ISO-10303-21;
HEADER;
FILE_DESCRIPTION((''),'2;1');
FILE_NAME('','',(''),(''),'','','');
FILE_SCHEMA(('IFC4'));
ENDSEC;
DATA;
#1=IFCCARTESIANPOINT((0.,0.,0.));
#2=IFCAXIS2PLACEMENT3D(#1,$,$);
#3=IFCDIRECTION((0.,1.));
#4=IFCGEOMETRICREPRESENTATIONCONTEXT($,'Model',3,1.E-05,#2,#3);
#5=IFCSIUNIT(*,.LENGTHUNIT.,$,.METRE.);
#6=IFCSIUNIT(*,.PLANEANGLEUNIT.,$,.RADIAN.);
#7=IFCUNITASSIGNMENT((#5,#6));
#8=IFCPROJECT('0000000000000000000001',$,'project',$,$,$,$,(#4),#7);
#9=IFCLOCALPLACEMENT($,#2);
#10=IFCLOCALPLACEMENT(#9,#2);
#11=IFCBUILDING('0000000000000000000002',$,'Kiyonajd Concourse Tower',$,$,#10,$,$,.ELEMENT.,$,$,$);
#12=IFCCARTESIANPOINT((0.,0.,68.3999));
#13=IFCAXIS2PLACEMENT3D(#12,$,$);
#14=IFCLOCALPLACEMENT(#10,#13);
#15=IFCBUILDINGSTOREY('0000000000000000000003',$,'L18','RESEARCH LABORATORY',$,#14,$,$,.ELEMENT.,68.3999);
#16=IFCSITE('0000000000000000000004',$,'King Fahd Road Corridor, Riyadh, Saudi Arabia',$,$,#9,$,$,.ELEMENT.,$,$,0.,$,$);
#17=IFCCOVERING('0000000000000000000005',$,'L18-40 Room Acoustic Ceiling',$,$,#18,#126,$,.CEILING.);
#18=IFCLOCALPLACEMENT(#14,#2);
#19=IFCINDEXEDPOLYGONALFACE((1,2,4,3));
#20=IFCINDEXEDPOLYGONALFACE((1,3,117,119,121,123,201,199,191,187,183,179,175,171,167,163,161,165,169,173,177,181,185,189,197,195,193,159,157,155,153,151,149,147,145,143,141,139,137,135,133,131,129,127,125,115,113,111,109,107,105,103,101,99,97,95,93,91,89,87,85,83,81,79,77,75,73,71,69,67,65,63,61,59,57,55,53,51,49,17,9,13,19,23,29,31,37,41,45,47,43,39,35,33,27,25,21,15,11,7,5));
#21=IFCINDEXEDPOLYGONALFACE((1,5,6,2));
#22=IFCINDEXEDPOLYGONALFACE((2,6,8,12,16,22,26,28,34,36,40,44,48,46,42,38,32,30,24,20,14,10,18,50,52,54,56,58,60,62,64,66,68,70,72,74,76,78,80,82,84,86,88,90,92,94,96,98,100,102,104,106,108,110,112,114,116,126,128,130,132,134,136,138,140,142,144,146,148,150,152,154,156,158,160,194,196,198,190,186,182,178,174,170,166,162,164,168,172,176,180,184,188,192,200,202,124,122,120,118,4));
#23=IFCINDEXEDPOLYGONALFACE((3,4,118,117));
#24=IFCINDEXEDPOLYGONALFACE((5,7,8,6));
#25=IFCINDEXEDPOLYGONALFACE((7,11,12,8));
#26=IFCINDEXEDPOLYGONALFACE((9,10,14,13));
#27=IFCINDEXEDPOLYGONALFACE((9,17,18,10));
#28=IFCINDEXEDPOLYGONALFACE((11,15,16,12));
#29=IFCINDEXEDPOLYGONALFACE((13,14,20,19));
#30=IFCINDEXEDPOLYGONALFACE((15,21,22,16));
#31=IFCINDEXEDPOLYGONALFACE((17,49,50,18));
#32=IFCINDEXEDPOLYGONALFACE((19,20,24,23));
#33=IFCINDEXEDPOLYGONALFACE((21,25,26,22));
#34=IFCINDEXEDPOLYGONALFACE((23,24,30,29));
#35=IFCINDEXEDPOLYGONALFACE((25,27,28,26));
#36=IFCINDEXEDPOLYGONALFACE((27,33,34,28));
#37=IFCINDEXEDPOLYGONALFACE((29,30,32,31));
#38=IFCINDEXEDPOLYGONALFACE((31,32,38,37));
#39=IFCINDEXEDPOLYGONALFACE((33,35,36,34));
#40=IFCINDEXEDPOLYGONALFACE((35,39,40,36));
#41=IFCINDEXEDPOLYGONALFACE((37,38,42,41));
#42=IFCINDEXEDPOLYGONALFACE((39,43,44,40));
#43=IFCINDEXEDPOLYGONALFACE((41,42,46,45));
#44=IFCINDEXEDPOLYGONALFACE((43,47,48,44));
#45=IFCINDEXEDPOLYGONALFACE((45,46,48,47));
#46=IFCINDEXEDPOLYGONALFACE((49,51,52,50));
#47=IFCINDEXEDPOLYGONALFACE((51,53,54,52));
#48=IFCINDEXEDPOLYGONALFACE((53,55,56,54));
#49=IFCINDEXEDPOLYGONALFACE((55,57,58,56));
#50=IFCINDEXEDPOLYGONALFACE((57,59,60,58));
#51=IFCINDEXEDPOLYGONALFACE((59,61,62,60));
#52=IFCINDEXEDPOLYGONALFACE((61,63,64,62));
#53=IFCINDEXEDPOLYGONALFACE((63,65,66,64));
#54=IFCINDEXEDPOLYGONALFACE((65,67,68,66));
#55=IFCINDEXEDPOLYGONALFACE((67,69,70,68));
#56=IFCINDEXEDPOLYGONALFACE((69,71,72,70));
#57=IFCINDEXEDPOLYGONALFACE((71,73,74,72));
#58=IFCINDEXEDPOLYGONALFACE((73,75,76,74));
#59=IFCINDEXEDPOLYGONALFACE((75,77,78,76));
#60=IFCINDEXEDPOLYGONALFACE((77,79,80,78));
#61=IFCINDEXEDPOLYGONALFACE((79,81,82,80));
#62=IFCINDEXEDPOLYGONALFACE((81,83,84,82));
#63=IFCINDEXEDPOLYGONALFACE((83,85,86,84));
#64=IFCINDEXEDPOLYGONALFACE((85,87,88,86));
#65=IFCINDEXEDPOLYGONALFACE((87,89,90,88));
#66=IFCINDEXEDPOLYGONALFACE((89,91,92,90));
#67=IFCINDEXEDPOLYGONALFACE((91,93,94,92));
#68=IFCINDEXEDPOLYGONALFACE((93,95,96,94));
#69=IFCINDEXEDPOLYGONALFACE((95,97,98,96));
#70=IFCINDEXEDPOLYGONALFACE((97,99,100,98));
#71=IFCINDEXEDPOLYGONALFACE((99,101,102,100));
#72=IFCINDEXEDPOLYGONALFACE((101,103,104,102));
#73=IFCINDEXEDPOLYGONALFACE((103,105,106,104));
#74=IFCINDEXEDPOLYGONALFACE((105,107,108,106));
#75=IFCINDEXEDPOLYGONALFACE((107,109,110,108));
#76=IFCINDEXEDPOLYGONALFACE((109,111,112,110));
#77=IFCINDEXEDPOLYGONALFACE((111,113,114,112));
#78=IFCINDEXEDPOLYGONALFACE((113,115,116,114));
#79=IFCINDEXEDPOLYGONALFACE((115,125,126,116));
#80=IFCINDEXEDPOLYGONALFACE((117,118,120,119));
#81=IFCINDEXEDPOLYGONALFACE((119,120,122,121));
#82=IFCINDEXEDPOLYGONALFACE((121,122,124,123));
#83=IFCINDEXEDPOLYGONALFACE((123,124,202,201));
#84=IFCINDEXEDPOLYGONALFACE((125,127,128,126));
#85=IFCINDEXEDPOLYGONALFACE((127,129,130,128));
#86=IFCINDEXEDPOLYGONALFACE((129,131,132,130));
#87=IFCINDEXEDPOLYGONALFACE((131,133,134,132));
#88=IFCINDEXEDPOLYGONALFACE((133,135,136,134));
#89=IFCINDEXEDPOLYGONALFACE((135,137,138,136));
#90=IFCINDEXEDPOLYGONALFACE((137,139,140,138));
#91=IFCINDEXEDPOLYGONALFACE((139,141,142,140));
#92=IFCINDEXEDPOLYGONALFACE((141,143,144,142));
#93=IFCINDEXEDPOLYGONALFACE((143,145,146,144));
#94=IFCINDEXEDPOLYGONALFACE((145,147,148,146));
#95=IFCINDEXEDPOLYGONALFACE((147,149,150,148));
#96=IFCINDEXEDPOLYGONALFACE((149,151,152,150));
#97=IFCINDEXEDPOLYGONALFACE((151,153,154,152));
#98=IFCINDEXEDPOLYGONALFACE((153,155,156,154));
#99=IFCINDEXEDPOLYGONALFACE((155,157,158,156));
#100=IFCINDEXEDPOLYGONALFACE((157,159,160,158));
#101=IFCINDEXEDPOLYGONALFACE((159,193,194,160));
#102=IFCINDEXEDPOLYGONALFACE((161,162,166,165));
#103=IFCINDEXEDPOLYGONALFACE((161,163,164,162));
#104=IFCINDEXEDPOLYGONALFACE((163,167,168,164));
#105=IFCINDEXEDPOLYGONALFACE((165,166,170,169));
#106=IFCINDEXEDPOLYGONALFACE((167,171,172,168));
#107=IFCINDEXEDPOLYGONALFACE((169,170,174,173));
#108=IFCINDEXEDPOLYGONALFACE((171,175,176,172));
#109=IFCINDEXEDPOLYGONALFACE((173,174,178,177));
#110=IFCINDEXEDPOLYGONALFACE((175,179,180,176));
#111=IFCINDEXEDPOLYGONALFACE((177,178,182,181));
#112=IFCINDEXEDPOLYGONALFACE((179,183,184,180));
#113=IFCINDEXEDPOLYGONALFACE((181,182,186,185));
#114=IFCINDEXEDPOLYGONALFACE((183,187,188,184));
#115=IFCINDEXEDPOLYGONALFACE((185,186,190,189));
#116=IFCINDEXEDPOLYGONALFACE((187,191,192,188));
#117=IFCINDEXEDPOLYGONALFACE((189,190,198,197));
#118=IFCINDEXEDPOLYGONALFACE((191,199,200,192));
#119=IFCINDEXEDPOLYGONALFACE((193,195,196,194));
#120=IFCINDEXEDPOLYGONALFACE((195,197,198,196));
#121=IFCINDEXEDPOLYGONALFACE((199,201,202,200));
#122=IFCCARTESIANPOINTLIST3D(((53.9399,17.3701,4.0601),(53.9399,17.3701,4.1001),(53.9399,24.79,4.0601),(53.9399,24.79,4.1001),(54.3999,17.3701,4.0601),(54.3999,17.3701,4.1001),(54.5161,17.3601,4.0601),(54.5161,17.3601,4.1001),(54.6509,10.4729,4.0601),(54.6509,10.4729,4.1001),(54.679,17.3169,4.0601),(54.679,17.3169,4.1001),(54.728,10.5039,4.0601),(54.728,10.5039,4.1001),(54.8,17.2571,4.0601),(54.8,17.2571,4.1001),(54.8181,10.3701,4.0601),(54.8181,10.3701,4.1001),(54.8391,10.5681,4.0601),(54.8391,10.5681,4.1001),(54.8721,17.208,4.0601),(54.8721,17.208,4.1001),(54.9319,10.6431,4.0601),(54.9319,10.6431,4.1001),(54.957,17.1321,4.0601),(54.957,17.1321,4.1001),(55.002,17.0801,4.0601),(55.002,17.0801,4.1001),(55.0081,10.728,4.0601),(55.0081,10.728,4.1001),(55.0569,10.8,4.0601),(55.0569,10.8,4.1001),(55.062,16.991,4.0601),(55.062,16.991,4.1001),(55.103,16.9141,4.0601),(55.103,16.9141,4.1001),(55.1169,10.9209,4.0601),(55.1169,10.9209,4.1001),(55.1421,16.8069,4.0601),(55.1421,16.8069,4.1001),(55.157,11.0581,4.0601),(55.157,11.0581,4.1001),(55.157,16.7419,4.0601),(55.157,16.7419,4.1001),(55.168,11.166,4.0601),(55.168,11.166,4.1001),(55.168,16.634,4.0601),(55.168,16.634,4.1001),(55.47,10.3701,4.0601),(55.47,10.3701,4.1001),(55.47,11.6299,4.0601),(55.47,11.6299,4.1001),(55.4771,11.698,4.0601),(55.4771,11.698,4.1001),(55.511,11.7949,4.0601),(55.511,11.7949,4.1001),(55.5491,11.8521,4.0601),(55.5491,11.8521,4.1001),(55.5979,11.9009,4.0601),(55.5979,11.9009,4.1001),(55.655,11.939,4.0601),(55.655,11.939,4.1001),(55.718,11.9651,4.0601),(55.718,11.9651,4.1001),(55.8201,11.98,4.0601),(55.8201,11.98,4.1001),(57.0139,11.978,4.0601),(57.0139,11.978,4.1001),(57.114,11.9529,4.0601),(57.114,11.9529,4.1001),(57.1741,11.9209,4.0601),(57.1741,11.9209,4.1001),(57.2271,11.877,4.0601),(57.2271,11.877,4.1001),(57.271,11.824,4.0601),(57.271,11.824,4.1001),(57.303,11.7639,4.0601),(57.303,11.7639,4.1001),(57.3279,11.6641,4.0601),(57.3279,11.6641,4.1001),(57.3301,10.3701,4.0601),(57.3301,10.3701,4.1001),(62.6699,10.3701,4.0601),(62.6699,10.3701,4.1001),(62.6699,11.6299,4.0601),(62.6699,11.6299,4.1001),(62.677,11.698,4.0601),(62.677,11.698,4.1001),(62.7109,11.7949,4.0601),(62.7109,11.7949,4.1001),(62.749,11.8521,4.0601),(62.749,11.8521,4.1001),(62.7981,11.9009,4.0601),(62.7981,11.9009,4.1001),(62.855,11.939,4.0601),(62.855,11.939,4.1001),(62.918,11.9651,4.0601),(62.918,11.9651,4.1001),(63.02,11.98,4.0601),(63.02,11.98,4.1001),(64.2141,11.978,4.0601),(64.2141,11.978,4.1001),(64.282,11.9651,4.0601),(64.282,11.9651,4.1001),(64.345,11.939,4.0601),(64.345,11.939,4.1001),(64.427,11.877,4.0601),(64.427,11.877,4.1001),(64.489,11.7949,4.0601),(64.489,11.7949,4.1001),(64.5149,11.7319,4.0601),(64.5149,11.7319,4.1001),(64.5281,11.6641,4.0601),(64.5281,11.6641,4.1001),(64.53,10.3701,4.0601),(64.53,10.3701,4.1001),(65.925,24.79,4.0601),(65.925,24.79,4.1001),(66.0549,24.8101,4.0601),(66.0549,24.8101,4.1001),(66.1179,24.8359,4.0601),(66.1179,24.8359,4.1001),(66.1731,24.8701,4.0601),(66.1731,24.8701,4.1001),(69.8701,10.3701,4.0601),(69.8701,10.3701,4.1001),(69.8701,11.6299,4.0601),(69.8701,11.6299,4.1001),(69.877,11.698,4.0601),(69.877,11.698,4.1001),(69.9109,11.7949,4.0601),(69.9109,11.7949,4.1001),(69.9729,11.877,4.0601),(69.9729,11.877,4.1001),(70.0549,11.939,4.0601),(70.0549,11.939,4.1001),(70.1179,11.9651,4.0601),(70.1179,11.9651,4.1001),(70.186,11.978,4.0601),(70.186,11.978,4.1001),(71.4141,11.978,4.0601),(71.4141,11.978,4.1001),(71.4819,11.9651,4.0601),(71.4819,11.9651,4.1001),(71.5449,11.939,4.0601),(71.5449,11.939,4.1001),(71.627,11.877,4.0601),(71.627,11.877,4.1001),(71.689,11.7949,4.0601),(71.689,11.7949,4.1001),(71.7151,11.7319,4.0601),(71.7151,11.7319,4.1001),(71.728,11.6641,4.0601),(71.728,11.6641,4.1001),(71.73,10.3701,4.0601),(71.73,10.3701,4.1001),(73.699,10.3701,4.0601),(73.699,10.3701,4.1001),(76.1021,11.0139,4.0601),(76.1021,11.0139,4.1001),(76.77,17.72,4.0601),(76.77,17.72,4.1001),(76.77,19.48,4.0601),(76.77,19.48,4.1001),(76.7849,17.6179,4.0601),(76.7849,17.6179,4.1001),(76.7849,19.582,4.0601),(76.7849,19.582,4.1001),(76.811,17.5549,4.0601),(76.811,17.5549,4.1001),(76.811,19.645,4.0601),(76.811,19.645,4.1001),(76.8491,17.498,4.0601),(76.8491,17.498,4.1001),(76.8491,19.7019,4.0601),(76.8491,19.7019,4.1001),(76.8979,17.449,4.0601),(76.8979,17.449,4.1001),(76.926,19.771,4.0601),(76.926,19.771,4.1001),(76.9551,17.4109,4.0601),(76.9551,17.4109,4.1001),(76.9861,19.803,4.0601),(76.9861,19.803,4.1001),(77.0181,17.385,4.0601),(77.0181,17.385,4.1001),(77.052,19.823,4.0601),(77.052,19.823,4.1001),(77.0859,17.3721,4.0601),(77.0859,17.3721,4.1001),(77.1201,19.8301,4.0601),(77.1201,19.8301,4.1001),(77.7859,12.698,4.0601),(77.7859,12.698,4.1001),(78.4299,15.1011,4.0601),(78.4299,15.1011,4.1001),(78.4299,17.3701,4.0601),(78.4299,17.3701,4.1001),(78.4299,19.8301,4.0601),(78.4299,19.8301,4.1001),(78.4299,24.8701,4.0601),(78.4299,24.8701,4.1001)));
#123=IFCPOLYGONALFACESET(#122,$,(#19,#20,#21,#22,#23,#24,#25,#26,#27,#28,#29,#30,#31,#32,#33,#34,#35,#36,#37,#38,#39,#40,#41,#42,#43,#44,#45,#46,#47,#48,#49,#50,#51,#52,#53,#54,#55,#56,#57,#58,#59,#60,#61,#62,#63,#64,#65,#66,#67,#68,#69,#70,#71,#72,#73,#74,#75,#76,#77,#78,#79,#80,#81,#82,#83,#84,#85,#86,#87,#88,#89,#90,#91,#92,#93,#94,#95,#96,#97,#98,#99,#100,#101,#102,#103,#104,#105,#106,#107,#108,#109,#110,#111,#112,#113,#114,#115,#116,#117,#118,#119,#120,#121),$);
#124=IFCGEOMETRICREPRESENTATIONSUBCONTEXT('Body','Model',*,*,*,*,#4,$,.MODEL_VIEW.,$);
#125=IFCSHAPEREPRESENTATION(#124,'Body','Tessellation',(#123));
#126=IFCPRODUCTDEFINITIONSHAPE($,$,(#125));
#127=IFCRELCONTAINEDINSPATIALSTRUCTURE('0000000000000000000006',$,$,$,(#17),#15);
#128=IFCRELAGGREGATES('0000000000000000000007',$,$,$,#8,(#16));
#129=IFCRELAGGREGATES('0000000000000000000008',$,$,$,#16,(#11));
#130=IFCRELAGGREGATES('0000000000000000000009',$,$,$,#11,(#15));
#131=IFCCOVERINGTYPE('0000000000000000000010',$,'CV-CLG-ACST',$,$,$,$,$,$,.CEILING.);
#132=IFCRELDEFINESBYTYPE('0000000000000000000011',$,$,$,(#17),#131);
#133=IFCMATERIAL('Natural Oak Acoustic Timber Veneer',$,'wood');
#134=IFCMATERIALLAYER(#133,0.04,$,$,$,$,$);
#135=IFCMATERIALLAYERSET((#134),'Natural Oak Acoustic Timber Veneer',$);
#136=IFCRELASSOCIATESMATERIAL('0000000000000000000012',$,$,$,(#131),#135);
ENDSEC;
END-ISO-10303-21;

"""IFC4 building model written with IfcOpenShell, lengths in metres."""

from ifc_helpers import new_model, si_unit, direction, frame, origin, place, context, subcontext, project, spatial, polyline, outline, extrude, material, layer, layer_set, type_object, element, save


model = new_model("IFC4")

# Units and contexts
model_context = context("Model", 3, precision=1e-05, world=origin(), true_north=direction((0.0, 1.0)))
body_context = subcontext(model_context, "Body", "Model", "MODEL_VIEW")
ifc_project = project(units=[si_unit("LENGTHUNIT", "METRE"), si_unit("PLANEANGLEUNIT", "RADIAN")], contexts=[model_context])

# Site, building, storey
site_placement = place(None, origin())
site = spatial("IfcSite", under=ifc_project, at=site_placement, Name="King Fahd Road Corridor, Riyadh, Saudi Arabia", CompositionType="ELEMENT", RefElevation=0.0)
building_placement = place(site_placement, origin())
building = spatial("IfcBuilding", under=site, at=building_placement, Name="Kiyonajd Concourse Tower", CompositionType="ELEMENT")
storey_placement = place(building_placement, frame((0.0, 0.0, 68.3999)))
storey = spatial("IfcBuildingStorey", under=building, at=storey_placement, Name="L18", Description="RESEARCH LABORATORY", CompositionType="ELEMENT", Elevation=68.3999)

# Covering
ifc_material_1 = material(Name="Natural Oak Acoustic Timber Veneer", Category="wood")
ifc_layer_1 = layer(ifc_material_1, 0.04)
ifc_layer_set_1 = layer_set([ifc_layer_1], Name="Natural Oak Acoustic Timber Veneer")
covering_type = type_object("IfcCoveringType", Name="CV-CLG-ACST", PredefinedType="CEILING", material=ifc_layer_set_1)
covering_1_placement = place(storey_placement, frame((0.0, 0.0, 4.0601)))
element("IfcCovering", 1, at=covering_1_placement, inside=storey, type_object=covering_type, Name="L18-40 Room Acoustic Ceiling", PredefinedType="CEILING", context=body_context, shape_type="SweptSolid", body=[
    extrude(outline(polyline([(54.6509, 10.4729), (54.728, 10.5039), (54.8391, 10.5681), (54.9319, 10.6431), (55.0081, 10.728), (55.0569, 10.8), (55.1169, 10.9209), (55.157, 11.0581), (55.168, 11.166), (55.168, 16.634), (55.157, 16.7419), (55.1421, 16.8069), (55.103, 16.9141), (55.062, 16.991), (55.002, 17.0801), (54.957, 17.1321), (54.8721, 17.208), (54.8, 17.2571), (54.679, 17.3169), (54.5161, 17.3601), (54.3999, 17.3701), (53.9399, 17.3701), (53.9399, 24.79), (65.925, 24.79), (66.0549, 24.8101), (66.1179, 24.8359), (66.1731, 24.8701), (78.4299, 24.8701), (78.4299, 19.8301), (77.1201, 19.8301), (77.052, 19.823), (76.9861, 19.803), (76.926, 19.771), (76.8491, 19.7019), (76.811, 19.645), (76.7849, 19.582), (76.77, 19.48), (76.77, 17.72), (76.7849, 17.6179), (76.811, 17.5549), (76.8491, 17.498), (76.8979, 17.449), (76.9551, 17.4109), (77.0181, 17.385), (77.0859, 17.3721), (78.4299, 17.3701), (78.4299, 15.1011), (77.7859, 12.698), (76.1021, 11.0139), (73.699, 10.3701), (71.73, 10.3701), (71.728, 11.6641), (71.7151, 11.7319), (71.689, 11.7949), (71.627, 11.877), (71.5449, 11.939), (71.4819, 11.9651), (71.4141, 11.978), (70.186, 11.978), (70.1179, 11.9651), (70.0549, 11.939), (69.9729, 11.877), (69.9109, 11.7949), (69.877, 11.698), (69.8701, 11.6299), (69.8701, 10.3701), (64.53, 10.3701), (64.5281, 11.6641), (64.5149, 11.7319), (64.489, 11.7949), (64.427, 11.877), (64.345, 11.939), (64.282, 11.9651), (64.2141, 11.978), (63.02, 11.98), (62.918, 11.9651), (62.855, 11.939), (62.7981, 11.9009), (62.749, 11.8521), (62.7109, 11.7949), (62.677, 11.698), (62.6699, 11.6299), (62.6699, 10.3701), (57.3301, 10.3701), (57.3279, 11.6641), (57.303, 11.7639), (57.271, 11.824), (57.2271, 11.877), (57.1741, 11.9209), (57.114, 11.9529), (57.0139, 11.978), (55.8201, 11.98), (55.718, 11.9651), (55.655, 11.939), (55.5979, 11.9009), (55.5491, 11.8521), (55.511, 11.7949), (55.4771, 11.698), (55.47, 11.6299), (55.47, 10.3701), (54.8181, 10.3701), (54.6509, 10.4729)])), origin(), (0.0, 0.0, 1.0), 0.04),
])

save(model, "model.ifc")
